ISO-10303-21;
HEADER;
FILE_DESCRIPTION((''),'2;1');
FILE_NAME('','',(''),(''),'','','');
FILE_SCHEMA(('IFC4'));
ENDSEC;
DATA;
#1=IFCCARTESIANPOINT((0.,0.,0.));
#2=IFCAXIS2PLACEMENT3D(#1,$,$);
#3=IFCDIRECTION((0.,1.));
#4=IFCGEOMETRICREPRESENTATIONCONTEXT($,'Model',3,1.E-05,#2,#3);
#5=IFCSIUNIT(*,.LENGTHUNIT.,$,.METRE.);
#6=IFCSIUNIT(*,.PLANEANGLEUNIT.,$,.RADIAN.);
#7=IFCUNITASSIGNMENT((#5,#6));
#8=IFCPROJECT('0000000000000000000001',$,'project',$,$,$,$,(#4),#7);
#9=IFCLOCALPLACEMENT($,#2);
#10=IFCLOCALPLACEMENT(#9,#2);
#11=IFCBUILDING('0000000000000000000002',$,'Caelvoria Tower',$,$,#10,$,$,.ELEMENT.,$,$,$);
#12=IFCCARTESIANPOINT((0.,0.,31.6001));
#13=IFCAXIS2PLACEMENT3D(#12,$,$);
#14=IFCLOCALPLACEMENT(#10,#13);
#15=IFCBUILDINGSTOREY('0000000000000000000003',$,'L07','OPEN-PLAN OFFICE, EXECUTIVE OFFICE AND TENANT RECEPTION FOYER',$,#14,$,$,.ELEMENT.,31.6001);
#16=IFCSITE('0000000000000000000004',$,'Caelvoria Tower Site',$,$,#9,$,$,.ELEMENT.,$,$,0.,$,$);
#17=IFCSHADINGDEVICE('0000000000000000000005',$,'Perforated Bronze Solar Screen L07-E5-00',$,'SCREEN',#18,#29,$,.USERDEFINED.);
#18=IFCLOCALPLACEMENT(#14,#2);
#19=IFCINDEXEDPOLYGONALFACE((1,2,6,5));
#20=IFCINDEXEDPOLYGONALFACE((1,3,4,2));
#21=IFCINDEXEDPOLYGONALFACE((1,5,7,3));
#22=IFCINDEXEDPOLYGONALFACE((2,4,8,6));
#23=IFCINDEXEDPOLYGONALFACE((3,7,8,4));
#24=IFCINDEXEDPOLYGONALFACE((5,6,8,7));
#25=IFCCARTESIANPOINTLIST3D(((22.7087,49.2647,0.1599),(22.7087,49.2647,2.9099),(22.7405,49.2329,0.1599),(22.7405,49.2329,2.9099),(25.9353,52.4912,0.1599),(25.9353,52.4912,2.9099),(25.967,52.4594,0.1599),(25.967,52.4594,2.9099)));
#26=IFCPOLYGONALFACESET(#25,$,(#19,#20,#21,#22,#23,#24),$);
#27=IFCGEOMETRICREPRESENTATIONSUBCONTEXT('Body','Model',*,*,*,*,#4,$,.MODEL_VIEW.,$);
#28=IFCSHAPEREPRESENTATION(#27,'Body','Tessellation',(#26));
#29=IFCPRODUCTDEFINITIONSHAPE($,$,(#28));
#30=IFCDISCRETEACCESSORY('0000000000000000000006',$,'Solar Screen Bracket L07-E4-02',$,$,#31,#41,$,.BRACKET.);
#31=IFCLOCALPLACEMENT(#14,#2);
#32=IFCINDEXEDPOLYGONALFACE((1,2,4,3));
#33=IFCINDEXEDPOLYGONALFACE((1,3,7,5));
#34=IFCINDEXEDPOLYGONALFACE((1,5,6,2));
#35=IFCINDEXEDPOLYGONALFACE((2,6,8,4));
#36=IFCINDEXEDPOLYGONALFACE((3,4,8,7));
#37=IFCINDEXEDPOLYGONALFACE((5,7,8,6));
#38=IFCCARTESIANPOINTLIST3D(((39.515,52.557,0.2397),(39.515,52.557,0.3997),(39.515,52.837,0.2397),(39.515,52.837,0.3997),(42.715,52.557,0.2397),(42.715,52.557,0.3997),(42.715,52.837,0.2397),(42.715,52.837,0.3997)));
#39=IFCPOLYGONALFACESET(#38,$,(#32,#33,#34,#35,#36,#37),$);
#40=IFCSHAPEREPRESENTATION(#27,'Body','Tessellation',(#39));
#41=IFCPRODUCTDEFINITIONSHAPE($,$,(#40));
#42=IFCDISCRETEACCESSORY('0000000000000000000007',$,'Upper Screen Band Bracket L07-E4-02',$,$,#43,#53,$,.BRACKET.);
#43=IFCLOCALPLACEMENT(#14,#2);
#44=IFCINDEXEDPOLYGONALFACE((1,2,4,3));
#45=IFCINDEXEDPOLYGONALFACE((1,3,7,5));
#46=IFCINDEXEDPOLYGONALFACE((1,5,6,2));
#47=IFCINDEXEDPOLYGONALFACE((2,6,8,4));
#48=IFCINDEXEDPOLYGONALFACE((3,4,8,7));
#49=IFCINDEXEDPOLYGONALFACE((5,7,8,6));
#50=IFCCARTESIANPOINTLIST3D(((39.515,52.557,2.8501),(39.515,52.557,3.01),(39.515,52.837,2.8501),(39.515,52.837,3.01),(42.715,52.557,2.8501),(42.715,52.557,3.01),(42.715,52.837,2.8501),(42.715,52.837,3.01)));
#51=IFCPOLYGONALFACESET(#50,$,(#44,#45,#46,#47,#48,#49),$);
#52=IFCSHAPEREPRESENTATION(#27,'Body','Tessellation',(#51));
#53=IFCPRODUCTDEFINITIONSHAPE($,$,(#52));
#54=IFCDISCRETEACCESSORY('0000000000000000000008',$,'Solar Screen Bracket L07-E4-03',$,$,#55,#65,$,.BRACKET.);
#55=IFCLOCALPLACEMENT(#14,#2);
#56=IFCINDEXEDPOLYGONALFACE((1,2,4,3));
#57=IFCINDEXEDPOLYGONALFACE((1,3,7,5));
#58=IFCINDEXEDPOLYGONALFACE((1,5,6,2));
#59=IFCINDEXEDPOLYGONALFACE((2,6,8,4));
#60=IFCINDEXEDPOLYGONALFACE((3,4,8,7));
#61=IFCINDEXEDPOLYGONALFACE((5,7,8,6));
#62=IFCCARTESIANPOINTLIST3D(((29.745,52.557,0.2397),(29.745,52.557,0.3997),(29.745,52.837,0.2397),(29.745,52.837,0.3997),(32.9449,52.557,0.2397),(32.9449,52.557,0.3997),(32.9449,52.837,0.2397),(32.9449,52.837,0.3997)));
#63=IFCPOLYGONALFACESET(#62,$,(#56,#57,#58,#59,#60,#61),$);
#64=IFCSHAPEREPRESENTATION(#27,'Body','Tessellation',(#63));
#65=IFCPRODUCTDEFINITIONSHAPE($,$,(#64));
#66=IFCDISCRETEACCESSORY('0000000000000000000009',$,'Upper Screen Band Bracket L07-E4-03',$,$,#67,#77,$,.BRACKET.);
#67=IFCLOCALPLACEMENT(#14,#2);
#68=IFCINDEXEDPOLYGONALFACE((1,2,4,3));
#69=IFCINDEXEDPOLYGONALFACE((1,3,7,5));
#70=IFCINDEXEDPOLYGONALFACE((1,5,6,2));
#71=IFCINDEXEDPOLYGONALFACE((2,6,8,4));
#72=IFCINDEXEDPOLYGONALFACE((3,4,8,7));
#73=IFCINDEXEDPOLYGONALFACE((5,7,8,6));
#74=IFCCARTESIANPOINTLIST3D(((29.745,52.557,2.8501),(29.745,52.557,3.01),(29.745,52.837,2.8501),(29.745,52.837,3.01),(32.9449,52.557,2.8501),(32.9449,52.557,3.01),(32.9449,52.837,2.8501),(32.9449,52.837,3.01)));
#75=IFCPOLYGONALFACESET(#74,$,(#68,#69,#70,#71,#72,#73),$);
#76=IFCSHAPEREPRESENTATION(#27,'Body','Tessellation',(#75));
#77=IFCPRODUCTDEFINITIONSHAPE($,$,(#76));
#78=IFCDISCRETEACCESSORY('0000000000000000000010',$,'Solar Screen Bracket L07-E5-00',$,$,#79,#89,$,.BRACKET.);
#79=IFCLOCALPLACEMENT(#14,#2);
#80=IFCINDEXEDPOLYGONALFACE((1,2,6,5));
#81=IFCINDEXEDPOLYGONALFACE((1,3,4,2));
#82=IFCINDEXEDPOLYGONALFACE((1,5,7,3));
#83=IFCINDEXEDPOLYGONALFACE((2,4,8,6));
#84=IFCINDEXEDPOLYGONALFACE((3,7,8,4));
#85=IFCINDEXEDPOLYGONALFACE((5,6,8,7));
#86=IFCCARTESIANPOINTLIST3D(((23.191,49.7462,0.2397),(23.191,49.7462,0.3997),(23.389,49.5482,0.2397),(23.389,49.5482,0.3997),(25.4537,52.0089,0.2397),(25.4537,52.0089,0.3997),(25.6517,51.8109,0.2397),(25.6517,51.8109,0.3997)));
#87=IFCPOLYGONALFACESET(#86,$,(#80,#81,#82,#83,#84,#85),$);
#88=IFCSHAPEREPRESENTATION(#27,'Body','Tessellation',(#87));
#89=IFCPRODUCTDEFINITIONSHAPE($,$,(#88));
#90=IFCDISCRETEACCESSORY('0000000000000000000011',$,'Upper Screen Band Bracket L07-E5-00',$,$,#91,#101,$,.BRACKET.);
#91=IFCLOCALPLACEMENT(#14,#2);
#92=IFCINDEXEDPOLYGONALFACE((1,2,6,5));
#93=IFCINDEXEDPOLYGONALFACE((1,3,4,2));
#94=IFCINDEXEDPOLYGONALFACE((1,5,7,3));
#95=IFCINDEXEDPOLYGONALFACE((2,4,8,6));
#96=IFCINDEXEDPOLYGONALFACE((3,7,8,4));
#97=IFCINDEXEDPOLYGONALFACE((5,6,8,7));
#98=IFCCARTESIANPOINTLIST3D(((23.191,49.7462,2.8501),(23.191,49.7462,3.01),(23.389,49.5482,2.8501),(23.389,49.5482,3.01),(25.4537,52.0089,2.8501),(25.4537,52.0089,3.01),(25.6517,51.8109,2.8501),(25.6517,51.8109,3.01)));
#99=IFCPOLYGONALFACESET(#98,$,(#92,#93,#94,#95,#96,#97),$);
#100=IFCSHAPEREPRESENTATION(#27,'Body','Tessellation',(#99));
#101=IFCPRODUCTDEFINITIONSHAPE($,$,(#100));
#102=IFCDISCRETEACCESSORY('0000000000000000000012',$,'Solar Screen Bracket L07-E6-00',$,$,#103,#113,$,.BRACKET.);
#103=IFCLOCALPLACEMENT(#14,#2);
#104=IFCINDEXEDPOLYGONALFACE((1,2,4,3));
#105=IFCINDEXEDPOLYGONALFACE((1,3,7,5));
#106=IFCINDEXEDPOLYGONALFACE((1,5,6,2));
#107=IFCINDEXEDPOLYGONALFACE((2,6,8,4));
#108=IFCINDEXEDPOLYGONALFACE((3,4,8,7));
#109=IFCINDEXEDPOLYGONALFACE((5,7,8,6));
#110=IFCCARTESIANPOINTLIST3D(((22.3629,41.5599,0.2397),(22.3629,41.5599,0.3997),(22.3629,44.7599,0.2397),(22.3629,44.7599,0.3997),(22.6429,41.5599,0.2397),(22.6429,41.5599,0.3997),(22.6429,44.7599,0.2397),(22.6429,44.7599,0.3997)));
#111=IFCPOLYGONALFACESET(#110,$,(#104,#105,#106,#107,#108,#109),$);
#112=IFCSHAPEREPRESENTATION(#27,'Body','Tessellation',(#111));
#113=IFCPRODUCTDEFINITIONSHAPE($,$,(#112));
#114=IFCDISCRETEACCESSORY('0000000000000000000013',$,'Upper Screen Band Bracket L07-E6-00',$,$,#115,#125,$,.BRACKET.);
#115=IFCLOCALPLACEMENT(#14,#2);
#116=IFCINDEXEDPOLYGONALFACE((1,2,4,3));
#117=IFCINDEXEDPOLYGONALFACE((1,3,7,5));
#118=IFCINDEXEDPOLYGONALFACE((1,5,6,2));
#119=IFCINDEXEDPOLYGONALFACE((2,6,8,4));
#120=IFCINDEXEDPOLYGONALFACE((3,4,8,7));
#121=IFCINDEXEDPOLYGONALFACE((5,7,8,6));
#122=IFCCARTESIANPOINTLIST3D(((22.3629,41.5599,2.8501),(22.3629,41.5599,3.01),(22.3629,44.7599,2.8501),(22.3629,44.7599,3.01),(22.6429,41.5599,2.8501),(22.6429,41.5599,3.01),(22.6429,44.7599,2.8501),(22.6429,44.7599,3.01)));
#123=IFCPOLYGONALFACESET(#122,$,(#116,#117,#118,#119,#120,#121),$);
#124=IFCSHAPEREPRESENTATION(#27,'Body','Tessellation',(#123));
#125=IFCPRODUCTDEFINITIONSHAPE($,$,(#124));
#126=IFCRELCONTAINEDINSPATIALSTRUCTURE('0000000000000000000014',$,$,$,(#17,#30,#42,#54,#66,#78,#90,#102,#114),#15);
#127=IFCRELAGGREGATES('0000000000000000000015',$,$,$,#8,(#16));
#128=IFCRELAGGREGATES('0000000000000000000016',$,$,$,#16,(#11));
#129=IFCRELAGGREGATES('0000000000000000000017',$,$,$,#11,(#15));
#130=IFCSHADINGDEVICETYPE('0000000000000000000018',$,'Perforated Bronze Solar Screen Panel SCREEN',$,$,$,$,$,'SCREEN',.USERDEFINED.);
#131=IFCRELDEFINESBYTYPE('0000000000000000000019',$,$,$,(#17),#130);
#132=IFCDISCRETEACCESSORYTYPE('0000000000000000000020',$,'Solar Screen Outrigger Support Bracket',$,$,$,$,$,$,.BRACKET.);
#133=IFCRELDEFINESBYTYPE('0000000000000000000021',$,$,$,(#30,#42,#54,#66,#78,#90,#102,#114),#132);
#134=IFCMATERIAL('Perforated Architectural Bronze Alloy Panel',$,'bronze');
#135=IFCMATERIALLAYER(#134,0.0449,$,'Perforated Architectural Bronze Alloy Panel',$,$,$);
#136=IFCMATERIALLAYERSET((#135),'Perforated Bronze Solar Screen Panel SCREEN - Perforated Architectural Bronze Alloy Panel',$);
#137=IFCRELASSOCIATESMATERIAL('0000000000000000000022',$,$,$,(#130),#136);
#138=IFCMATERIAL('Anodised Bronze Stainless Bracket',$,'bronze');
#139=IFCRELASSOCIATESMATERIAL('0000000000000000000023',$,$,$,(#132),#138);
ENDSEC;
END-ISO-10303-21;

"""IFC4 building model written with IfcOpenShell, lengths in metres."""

from ifc_helpers import new_model, si_unit, direction, frame, origin, origin_2d, place, context, subcontext, project, spatial, rectangle, extrude, material, layer, layer_set, type_object, element, save


model = new_model("IFC4")

# Units and contexts
model_context = context("Model", 3, precision=1e-05, world=origin(), true_north=direction((0.0, 1.0)))
body_context = subcontext(model_context, "Body", "Model", "MODEL_VIEW")
ifc_project = project(units=[si_unit("LENGTHUNIT", "METRE"), si_unit("PLANEANGLEUNIT", "RADIAN")], contexts=[model_context])

# Site, building, storey
site_placement = place(None, origin())
site = spatial("IfcSite", under=ifc_project, at=site_placement, Name="Caelvoria Tower Site", CompositionType="ELEMENT", RefElevation=0.0)
building_placement = place(site_placement, origin())
building = spatial("IfcBuilding", under=site, at=building_placement, Name="Caelvoria Tower", CompositionType="ELEMENT")
storey_placement = place(building_placement, frame((0.0, 0.0, 31.6001)))
storey = spatial("IfcBuildingStorey", under=building, at=storey_placement, Name="L07", Description="OPEN-PLAN OFFICE, EXECUTIVE OFFICE AND TENANT RECEPTION FOYER", CompositionType="ELEMENT", Elevation=31.6001)

# Shading device
ifc_material_1 = material(Name="Perforated Architectural Bronze Alloy Panel", Category="bronze")
ifc_layer_1 = layer(ifc_material_1, 0.0449, Name="Perforated Architectural Bronze Alloy Panel")
ifc_layer_set_1 = layer_set([ifc_layer_1], Name="Perforated Bronze Solar Screen Panel SCREEN - Perforated Architectural Bronze Alloy Panel")
shading_device_type = type_object("IfcShadingDeviceType", Name="Perforated Bronze Solar Screen Panel SCREEN", ElementType="SCREEN", PredefinedType="USERDEFINED", material=ifc_layer_set_1)
shading_device_placement = place(storey_placement, frame((24.3379, 50.8621, 0.1599), z_axis=(0.0, 0.0, 1.0), x_axis=(-0.707107, -0.707107, 0.0)))
element("IfcShadingDevice", 1, at=shading_device_placement, inside=storey, type_object=shading_device_type, Name="Perforated Bronze Solar Screen L07-E5-00", ObjectType="SCREEN", PredefinedType="USERDEFINED", context=body_context, shape_type="SweptSolid", body=[
    extrude(rectangle(XDim=4.563, YDim=0.0449, at=origin_2d()), origin(), (0.0, 0.0, 1.0), 2.75),
])

# Discrete accessories
ifc_material_2 = material(Name="Anodised Bronze Stainless Bracket", Category="bronze")
discrete_accessory_type = type_object("IfcDiscreteAccessoryType", Name="Solar Screen Outrigger Support Bracket", PredefinedType="BRACKET", material=ifc_material_2)
for number, where, z_axis, x_axis, name in (
    (2, (41.115, 52.697, 0.2397), (0.0, 0.0, 1.0), (-1.0, 0.0, 0.0), "Solar Screen Bracket L07-E4-02"),
    (3, (41.115, 52.697, 2.8501), (0.0, 0.0, 1.0), (-1.0, 0.0, 0.0), "Upper Screen Band Bracket L07-E4-02"),
    (4, (31.345, 52.697, 0.2397), (0.0, 0.0, 1.0), (-1.0, 0.0, 0.0), "Solar Screen Bracket L07-E4-03"),
    (5, (31.345, 52.697, 2.8501), (0.0, 0.0, 1.0), (-1.0, 0.0, 0.0), "Upper Screen Band Bracket L07-E4-03"),
    (6, (24.4214, 50.7786, 0.2397), (0.0, 0.0, 1.0), (-0.707107, -0.707107, 0.0), "Solar Screen Bracket L07-E5-00"),
    (7, (24.4214, 50.7786, 2.8501), (0.0, 0.0, 1.0), (-0.707107, -0.707107, 0.0), "Upper Screen Band Bracket L07-E5-00"),
    (8, (22.5029, 43.1599, 0.2397), (0.0, 0.0, 1.0), (0.0, -1.0, 0.0), "Solar Screen Bracket L07-E6-00"),
    (9, (22.5029, 43.1599, 2.8501), (0.0, 0.0, 1.0), (0.0, -1.0, 0.0), "Upper Screen Band Bracket L07-E6-00"),
):
    element("IfcDiscreteAccessory", number, at=place(storey_placement, frame(where, z_axis=z_axis, x_axis=x_axis)), inside=storey, type_object=discrete_accessory_type, Name=name, PredefinedType="BRACKET", context=body_context, shape_type="SweptSolid", body=[
        extrude(rectangle(XDim=3.2, YDim=0.28, at=origin_2d()), origin(), (0.0, 0.0, 1.0), 0.1599),
    ])

save(model, "model.ifc")
